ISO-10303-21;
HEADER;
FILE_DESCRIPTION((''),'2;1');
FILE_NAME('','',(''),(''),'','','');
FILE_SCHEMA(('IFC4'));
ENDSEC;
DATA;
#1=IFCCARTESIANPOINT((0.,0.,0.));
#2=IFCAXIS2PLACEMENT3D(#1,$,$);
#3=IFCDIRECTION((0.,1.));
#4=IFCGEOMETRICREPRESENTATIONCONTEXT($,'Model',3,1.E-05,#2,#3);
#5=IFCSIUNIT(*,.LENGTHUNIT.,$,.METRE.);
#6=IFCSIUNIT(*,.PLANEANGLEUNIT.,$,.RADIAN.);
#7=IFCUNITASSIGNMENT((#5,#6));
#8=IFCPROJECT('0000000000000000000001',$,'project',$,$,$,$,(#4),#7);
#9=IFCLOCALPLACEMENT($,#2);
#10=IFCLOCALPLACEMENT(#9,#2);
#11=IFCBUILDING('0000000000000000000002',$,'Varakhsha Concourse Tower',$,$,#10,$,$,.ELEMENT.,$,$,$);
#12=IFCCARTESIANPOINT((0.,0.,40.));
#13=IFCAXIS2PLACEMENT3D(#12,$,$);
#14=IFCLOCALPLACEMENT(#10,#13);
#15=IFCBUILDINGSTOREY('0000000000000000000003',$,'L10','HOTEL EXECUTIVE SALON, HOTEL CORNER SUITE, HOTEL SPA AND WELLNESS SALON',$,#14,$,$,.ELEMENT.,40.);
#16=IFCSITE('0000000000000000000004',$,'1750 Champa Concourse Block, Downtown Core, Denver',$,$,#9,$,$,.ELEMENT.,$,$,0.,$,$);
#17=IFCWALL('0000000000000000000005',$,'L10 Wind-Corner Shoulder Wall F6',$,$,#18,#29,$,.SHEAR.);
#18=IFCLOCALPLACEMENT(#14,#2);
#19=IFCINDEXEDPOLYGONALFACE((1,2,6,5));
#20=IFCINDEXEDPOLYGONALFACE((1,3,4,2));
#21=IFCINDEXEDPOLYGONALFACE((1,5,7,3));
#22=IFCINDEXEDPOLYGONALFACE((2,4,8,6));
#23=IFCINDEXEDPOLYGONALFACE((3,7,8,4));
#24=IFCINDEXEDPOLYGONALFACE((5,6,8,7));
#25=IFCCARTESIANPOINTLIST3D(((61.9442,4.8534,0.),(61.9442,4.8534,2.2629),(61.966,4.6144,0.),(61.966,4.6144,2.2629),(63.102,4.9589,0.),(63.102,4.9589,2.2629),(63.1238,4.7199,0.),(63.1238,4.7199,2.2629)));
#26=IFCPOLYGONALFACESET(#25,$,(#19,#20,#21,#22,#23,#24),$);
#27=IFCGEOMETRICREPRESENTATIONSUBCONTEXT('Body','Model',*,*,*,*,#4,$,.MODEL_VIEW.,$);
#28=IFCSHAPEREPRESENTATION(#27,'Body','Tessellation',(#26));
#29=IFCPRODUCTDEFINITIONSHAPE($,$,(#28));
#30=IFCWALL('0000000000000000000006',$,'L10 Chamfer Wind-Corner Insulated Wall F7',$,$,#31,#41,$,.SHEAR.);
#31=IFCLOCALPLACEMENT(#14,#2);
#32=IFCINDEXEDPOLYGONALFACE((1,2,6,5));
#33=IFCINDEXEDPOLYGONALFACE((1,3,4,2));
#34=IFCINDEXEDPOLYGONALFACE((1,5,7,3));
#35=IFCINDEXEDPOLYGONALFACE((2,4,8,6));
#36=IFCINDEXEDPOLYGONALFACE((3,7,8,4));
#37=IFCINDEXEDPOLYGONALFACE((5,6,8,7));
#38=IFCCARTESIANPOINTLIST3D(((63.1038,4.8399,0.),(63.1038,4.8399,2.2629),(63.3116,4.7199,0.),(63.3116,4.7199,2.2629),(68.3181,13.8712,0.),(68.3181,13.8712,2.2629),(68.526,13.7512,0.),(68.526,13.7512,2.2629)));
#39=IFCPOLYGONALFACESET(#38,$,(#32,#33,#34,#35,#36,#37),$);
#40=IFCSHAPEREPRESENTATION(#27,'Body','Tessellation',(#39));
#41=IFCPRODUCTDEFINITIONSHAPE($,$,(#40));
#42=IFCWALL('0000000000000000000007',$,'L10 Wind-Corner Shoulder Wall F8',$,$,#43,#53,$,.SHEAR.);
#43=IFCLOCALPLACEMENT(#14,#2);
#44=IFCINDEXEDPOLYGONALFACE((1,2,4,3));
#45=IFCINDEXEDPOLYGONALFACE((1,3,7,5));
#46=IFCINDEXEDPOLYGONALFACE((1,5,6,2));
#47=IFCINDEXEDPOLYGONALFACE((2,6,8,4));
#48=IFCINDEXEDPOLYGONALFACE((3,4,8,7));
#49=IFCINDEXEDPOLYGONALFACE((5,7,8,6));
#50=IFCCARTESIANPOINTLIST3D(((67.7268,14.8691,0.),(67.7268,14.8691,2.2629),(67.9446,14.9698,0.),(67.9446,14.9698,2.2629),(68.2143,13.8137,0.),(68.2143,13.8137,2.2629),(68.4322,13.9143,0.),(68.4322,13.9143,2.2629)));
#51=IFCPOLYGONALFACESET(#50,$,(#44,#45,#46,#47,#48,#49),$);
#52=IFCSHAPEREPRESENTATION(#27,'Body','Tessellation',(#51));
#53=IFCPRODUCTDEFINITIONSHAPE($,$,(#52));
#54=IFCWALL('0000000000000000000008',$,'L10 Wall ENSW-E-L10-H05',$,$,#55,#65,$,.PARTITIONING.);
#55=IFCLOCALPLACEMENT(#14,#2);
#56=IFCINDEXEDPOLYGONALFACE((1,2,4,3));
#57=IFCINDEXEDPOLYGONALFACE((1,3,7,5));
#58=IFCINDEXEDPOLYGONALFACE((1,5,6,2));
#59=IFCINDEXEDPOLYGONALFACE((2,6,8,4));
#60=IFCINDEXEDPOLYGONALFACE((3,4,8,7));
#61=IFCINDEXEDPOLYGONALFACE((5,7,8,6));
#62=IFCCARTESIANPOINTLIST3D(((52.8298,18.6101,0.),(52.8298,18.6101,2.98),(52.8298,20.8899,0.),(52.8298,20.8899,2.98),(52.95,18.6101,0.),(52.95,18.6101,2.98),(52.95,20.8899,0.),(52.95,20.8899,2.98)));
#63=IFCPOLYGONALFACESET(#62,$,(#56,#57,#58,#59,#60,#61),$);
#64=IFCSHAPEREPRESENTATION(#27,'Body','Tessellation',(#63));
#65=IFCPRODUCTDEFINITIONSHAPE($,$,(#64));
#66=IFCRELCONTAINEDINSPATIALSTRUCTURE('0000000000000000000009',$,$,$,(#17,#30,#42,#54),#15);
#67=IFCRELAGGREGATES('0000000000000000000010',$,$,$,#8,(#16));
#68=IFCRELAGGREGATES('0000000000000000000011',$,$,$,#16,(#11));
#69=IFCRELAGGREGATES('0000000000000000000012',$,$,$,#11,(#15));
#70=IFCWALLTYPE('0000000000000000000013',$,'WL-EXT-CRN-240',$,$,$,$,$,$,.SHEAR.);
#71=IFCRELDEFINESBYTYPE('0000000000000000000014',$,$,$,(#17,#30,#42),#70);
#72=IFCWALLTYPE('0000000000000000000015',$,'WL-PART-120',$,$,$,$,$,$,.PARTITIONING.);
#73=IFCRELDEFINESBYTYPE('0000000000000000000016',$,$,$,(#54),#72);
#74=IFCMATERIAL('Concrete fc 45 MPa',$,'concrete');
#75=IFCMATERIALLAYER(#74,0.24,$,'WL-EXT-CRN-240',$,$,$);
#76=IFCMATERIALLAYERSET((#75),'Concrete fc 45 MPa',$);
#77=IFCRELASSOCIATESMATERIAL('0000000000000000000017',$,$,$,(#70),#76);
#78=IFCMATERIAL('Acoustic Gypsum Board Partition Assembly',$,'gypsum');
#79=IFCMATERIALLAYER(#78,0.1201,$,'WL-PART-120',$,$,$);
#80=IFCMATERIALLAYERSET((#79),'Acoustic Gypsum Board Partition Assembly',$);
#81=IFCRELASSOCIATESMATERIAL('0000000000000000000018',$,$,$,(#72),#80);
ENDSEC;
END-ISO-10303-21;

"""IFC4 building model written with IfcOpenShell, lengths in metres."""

from ifc_helpers import new_model, si_unit, direction, frame, frame_2d, origin, place, context, subcontext, project, spatial, rectangle, extrude, material, layer, layer_set, type_object, element, save


model = new_model("IFC4")

# Units and contexts
model_context = context("Model", 3, precision=1e-05, world=origin(), true_north=direction((0.0, 1.0)))
body_context = subcontext(model_context, "Body", "Model", "MODEL_VIEW")
ifc_project = project(units=[si_unit("LENGTHUNIT", "METRE"), si_unit("PLANEANGLEUNIT", "RADIAN")], contexts=[model_context])

# Site, building, storey
site_placement = place(None, origin())
site = spatial("IfcSite", under=ifc_project, at=site_placement, Name="1750 Champa Concourse Block, Downtown Core, Denver", CompositionType="ELEMENT", RefElevation=0.0)
building_placement = place(site_placement, origin())
building = spatial("IfcBuilding", under=site, at=building_placement, Name="Varakhsha Concourse Tower", CompositionType="ELEMENT")
storey_placement = place(building_placement, frame((0.0, 0.0, 40.0)))
storey = spatial("IfcBuildingStorey", under=building, at=storey_placement, Name="L10", Description="HOTEL EXECUTIVE SALON, HOTEL CORNER SUITE, HOTEL SPA AND WELLNESS SALON", CompositionType="ELEMENT", Elevation=40.0)

# Walls
ifc_material_1 = material(Name="Concrete fc 45 MPa", Category="concrete")
ifc_layer_1 = layer(ifc_material_1, 0.24, Name="WL-EXT-CRN-240")
ifc_layer_set_1 = layer_set([ifc_layer_1], Name="Concrete fc 45 MPa")
wall_type_1 = type_object("IfcWallType", Name="WL-EXT-CRN-240", PredefinedType="SHEAR", material=ifc_layer_set_1)
wall_1_placement = place(storey_placement, frame((61.9551, 4.7339, 0.0), z_axis=(0.0, 0.0, 1.0), x_axis=(0.995876, 0.090725, 0.0)))
element("IfcWall", 1, at=wall_1_placement, inside=storey, type_object=wall_type_1, Name="L10 Wind-Corner Shoulder Wall F6", PredefinedType="SHEAR", context=body_context, shape_type="SweptSolid", body=[
    extrude(rectangle(XDim=1.1626, YDim=0.24, at=frame_2d((0.5813, 0.0))), origin(), (0.0, 0.0, 1.0), 2.2629),
])
wall_2_placement = place(storey_placement, frame((68.4221, 13.8113, 0.0), z_axis=(0.0, 0.0, 1.0), x_axis=(-0.500012, -0.866019, 0.0)))
element("IfcWall", 2, at=wall_2_placement, inside=storey, type_object=wall_type_1, Name="L10 Chamfer Wind-Corner Insulated Wall F7", PredefinedType="SHEAR", context=body_context, shape_type="SweptSolid", body=[
    extrude(rectangle(XDim=10.4285, YDim=0.24, at=frame_2d((5.2144, 0.0))), origin(), (0.0, 0.0, 1.0), 2.2629),
])
wall_3_placement = place(storey_placement, frame((68.3232, 13.864, 0.0), z_axis=(0.0, 0.0, 1.0), x_axis=(-0.419364, 0.907818, 0.0)))
element("IfcWall", 3, at=wall_3_placement, inside=storey, type_object=wall_type_1, Name="L10 Wind-Corner Shoulder Wall F8", PredefinedType="SHEAR", context=body_context, shape_type="SweptSolid", body=[
    extrude(rectangle(XDim=1.1626, YDim=0.24, at=frame_2d((0.5813, 0.0))), origin(), (0.0, 0.0, 1.0), 2.2629),
])
ifc_material_2 = material(Name="Acoustic Gypsum Board Partition Assembly", Category="gypsum")
ifc_layer_2 = layer(ifc_material_2, 0.1201, Name="WL-PART-120")
ifc_layer_set_2 = layer_set([ifc_layer_2], Name="Acoustic Gypsum Board Partition Assembly")
wall_type_2 = type_object("IfcWallType", Name="WL-PART-120", PredefinedType="PARTITIONING", material=ifc_layer_set_2)
wall_4_placement = place(storey_placement, frame((52.8899, 18.6101, 0.0), z_axis=(0.0, 0.0, 1.0), x_axis=(0.0, 1.0, 0.0)))
element("IfcWall", 4, at=wall_4_placement, inside=storey, type_object=wall_type_2, Name="L10 Wall ENSW-E-L10-H05", PredefinedType="PARTITIONING", context=body_context, shape_type="SweptSolid", body=[
    extrude(rectangle(XDim=2.2798, YDim=0.1201, at=frame_2d((1.1399, 0.0))), origin(), (0.0, 0.0, 1.0), 2.98),
])

save(model, "model.ifc")
